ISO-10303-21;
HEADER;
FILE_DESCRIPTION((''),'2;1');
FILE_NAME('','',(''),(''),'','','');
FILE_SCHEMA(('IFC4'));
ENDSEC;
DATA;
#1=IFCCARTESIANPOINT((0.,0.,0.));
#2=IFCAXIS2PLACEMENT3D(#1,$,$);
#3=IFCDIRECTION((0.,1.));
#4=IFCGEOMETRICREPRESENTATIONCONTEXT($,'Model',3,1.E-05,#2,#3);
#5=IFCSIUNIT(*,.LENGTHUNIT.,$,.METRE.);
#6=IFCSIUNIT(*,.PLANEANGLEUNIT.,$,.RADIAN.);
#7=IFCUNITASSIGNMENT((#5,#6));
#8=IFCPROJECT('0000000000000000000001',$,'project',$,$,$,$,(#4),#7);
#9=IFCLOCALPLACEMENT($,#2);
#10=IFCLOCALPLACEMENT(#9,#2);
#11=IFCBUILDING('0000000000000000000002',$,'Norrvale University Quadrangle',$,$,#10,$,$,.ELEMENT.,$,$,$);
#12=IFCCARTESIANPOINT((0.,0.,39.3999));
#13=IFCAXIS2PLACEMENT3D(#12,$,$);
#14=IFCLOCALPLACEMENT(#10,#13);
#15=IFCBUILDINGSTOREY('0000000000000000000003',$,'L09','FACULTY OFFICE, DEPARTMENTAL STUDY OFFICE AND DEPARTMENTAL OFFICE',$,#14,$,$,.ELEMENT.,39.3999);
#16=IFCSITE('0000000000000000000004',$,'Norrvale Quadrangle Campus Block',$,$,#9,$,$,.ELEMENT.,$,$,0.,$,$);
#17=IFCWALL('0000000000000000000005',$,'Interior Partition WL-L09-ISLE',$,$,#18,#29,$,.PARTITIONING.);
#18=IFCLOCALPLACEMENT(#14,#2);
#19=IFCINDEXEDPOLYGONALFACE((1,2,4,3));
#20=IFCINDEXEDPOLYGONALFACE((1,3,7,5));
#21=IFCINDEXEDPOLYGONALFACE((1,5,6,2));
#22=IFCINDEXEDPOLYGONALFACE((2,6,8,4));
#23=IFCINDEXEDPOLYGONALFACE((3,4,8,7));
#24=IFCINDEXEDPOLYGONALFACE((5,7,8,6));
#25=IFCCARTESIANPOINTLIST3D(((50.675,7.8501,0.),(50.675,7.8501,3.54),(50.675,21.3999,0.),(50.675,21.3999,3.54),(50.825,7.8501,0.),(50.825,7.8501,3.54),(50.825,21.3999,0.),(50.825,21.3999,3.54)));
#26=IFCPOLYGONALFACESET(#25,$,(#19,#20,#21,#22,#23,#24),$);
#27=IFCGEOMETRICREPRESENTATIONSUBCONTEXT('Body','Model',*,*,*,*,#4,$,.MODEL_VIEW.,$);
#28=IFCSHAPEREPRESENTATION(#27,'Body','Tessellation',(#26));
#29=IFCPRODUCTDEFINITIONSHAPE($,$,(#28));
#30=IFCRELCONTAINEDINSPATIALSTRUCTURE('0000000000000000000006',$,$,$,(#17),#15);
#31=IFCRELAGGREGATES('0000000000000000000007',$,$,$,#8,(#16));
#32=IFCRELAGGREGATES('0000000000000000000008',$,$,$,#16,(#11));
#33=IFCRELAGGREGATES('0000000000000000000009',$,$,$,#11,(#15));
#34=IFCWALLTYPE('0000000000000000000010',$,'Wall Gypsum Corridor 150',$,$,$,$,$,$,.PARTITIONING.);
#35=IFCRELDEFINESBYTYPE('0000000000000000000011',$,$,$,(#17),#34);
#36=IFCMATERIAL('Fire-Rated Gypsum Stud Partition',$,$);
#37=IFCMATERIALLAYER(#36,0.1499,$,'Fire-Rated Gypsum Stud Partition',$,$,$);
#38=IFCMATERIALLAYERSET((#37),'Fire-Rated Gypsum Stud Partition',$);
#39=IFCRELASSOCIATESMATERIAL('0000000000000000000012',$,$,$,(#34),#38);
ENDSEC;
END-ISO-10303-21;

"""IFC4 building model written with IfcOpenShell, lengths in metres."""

from ifc_helpers import new_model, si_unit, direction, frame, frame_2d, origin, place, context, subcontext, project, spatial, rectangle, extrude, material, layer, layer_set, type_object, element, save


model = new_model("IFC4")

# Units and contexts
model_context = context("Model", 3, precision=1e-05, world=origin(), true_north=direction((0.0, 1.0)))
body_context = subcontext(model_context, "Body", "Model", "MODEL_VIEW")
ifc_project = project(units=[si_unit("LENGTHUNIT", "METRE"), si_unit("PLANEANGLEUNIT", "RADIAN")], contexts=[model_context])

# Site, building, storey
site_placement = place(None, origin())
site = spatial("IfcSite", under=ifc_project, at=site_placement, Name="Norrvale Quadrangle Campus Block", CompositionType="ELEMENT", RefElevation=0.0)
building_placement = place(site_placement, origin())
building = spatial("IfcBuilding", under=site, at=building_placement, Name="Norrvale University Quadrangle", CompositionType="ELEMENT")
storey_placement = place(building_placement, frame((0.0, 0.0, 39.3999)))
storey = spatial("IfcBuildingStorey", under=building, at=storey_placement, Name="L09", Description="FACULTY OFFICE, DEPARTMENTAL STUDY OFFICE AND DEPARTMENTAL OFFICE", CompositionType="ELEMENT", Elevation=39.3999)

# Shared definitions
ifc_material_1 = material(Name="Fire-Rated Gypsum Stud Partition")
ifc_layer_1 = layer(ifc_material_1, 0.1499, Name="Fire-Rated Gypsum Stud Partition")
ifc_layer_set_1 = layer_set([ifc_layer_1], Name="Fire-Rated Gypsum Stud Partition")
wall_type_1 = type_object("IfcWallType", Name="Wall Gypsum Corridor 150", PredefinedType="PARTITIONING", material=ifc_layer_set_1)

# Wall
wall_1_placement = place(storey_placement, frame((50.75, 7.8501, 0.0), z_axis=(0.0, 0.0, 1.0), x_axis=(0.0, 1.0, 0.0)))
element("IfcWall", 1, at=wall_1_placement, inside=storey, type_object=wall_type_1, Name="Interior Partition WL-L09-ISLE", PredefinedType="PARTITIONING", context=body_context, shape_type="SweptSolid", body=[
    extrude(rectangle(XDim=13.5498, YDim=0.1499, at=frame_2d((6.7749, 0.0))), origin(), (0.0, 0.0, 1.0), 3.54),
])

save(model, "model.ifc")
